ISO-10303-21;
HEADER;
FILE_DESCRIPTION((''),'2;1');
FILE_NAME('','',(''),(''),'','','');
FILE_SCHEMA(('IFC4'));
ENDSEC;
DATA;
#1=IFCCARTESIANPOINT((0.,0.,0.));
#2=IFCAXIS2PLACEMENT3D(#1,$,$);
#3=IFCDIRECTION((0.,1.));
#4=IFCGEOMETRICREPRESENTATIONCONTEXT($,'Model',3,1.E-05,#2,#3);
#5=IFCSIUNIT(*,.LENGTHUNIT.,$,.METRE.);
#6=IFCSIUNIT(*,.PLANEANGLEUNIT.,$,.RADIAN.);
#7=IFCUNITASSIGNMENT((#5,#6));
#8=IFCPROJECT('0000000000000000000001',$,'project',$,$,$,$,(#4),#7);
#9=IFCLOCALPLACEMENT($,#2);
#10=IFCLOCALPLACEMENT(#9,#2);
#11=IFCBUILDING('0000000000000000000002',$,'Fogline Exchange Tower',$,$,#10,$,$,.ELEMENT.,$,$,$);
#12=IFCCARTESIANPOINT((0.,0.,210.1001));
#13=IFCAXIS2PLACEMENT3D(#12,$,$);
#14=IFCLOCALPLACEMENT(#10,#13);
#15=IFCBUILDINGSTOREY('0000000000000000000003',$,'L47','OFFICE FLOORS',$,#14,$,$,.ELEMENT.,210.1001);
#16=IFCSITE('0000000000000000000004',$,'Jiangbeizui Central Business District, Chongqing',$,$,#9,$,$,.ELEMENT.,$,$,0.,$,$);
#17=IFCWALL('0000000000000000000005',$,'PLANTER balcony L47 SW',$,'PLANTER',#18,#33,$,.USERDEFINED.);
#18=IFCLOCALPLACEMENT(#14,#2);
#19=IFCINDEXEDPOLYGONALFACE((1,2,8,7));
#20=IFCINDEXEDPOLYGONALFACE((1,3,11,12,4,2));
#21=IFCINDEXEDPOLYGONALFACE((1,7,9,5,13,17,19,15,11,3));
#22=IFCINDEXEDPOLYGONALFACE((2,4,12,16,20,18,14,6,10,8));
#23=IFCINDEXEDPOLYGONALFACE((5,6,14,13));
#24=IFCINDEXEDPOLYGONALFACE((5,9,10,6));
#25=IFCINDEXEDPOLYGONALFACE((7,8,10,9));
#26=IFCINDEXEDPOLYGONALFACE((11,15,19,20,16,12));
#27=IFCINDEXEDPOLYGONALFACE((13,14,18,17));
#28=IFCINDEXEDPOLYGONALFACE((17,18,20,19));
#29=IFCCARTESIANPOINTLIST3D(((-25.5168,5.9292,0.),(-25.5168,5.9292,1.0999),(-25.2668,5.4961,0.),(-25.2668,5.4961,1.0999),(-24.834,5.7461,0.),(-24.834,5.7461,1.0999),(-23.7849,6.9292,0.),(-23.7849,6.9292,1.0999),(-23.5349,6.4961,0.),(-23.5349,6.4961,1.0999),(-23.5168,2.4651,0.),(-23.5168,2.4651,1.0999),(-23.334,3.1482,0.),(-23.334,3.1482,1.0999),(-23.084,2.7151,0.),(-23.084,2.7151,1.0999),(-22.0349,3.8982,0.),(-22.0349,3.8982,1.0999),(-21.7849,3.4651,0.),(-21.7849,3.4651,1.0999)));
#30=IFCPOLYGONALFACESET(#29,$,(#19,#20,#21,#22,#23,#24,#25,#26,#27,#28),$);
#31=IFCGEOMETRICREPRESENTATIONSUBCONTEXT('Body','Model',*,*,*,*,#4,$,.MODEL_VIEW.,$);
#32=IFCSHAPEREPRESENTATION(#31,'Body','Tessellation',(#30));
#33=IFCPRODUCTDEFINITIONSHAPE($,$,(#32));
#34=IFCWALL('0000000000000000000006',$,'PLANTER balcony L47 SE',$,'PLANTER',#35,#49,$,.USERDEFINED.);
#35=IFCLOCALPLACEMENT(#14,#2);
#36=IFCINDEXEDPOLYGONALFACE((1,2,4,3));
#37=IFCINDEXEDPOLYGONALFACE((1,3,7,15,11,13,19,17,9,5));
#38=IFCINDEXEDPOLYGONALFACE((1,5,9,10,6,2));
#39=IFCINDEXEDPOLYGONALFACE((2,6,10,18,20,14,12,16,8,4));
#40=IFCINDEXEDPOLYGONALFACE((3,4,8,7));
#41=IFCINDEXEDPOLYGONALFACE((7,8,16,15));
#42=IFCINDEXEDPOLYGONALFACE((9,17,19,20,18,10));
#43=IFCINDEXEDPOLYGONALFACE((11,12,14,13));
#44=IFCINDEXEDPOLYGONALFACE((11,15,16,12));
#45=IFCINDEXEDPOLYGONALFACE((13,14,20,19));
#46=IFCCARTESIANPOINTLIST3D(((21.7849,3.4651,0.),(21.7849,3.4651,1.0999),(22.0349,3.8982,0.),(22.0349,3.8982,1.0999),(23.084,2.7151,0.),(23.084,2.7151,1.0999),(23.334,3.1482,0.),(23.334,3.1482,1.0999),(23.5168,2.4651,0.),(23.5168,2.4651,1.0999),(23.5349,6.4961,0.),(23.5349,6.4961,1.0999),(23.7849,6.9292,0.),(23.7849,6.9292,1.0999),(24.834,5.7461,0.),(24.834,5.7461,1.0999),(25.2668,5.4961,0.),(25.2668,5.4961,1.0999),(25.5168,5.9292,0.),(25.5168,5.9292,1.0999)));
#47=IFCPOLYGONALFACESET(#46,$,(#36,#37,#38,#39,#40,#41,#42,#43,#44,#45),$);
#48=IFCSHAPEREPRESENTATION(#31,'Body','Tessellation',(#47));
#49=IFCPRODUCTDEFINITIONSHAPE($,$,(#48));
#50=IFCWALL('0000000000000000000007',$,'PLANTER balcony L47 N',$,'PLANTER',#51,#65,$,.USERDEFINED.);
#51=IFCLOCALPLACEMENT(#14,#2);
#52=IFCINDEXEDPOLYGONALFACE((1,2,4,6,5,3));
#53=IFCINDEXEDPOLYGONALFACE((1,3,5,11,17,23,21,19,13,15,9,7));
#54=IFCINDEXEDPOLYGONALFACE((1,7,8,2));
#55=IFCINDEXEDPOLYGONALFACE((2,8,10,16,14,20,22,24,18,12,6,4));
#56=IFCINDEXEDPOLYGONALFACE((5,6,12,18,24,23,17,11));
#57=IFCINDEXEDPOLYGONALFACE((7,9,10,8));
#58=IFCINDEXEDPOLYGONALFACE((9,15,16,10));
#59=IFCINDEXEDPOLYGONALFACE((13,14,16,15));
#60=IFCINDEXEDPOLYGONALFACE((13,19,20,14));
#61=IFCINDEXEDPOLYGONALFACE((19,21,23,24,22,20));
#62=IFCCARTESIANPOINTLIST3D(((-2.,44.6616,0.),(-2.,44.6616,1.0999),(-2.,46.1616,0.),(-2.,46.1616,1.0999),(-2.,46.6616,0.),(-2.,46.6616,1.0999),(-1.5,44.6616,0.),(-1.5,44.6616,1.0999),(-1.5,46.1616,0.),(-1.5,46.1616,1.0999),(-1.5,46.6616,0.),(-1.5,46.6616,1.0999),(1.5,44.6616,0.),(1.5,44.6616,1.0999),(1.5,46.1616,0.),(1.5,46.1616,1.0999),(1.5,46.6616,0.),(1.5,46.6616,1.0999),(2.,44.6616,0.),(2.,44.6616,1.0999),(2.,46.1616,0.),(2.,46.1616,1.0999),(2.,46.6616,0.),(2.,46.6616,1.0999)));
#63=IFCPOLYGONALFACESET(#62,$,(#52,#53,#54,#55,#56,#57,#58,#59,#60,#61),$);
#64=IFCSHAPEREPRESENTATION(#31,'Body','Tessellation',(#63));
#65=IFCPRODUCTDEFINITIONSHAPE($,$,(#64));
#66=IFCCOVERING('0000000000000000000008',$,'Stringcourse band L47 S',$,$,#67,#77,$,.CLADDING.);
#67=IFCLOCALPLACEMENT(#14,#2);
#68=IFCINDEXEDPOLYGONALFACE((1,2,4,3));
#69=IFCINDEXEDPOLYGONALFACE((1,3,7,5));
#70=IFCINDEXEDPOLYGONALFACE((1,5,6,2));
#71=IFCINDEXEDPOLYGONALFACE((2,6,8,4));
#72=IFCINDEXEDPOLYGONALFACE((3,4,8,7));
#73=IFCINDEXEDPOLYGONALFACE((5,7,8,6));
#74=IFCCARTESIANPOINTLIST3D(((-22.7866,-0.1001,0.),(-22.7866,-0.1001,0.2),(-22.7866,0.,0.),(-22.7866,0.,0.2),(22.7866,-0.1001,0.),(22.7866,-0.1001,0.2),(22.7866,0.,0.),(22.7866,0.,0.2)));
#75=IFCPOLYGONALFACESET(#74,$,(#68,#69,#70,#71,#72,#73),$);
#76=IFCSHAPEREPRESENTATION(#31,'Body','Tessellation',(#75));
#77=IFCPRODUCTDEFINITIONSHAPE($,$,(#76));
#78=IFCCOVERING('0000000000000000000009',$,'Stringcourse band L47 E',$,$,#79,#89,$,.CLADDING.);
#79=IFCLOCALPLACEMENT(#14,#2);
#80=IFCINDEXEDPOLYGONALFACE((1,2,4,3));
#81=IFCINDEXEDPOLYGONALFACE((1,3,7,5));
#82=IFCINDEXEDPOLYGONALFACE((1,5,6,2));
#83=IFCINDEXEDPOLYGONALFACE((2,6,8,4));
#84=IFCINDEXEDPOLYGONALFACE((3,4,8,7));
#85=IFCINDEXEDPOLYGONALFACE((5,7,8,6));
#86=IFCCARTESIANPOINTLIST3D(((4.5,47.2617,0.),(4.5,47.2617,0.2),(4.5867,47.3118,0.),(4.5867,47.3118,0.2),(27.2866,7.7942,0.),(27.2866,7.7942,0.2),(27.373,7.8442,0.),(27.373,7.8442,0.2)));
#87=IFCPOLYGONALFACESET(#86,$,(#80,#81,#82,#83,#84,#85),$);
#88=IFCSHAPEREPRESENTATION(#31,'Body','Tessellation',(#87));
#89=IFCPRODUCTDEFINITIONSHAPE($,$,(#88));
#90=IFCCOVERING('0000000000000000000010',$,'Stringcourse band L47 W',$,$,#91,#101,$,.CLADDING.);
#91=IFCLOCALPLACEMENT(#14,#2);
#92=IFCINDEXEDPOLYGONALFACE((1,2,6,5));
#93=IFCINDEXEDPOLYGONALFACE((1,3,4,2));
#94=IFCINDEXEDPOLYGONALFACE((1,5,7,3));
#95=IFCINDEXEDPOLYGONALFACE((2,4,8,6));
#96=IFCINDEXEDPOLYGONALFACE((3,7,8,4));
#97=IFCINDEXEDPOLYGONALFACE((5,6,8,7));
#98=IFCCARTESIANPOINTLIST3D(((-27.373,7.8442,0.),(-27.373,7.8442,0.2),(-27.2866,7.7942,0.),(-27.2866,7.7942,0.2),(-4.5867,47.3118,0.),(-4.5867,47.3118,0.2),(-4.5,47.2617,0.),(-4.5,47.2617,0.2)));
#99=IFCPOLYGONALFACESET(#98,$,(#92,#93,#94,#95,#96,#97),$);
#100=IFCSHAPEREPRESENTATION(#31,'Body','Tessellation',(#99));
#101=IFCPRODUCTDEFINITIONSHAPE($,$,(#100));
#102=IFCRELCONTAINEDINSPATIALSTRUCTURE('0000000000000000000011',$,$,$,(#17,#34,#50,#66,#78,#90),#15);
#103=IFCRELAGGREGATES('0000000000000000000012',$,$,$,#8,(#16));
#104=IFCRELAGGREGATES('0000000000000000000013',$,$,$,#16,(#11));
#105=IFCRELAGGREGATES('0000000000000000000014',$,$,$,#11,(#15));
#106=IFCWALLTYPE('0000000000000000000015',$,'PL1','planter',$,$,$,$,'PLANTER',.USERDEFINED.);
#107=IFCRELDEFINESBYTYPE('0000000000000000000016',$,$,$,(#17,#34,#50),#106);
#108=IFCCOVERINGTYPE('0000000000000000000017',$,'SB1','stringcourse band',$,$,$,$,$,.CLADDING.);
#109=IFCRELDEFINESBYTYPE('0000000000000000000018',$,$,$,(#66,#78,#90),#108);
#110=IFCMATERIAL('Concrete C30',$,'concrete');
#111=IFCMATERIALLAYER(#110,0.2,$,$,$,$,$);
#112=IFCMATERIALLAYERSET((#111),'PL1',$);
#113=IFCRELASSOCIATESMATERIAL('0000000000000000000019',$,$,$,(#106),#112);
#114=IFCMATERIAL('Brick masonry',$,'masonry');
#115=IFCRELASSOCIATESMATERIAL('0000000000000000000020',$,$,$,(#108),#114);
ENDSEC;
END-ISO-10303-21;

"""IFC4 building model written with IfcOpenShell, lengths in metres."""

from ifc_helpers import new_model, si_unit, direction, frame, origin, place, context, subcontext, project, spatial, polyline, outline, extrude, material, layer, layer_set, type_object, element, save


model = new_model("IFC4")

# Units and contexts
model_context = context("Model", 3, precision=1e-05, world=origin(), true_north=direction((0.0, 1.0)))
body_context = subcontext(model_context, "Body", "Model", "MODEL_VIEW")
ifc_project = project(units=[si_unit("LENGTHUNIT", "METRE"), si_unit("PLANEANGLEUNIT", "RADIAN")], contexts=[model_context])

# Site, building, storey
site_placement = place(None, origin())
site = spatial("IfcSite", under=ifc_project, at=site_placement, Name="Jiangbeizui Central Business District, Chongqing", CompositionType="ELEMENT", RefElevation=0.0)
building_placement = place(site_placement, origin())
building = spatial("IfcBuilding", under=site, at=building_placement, Name="Fogline Exchange Tower", CompositionType="ELEMENT")
storey_placement = place(building_placement, frame((0.0, 0.0, 210.1001)))
storey = spatial("IfcBuildingStorey", under=building, at=storey_placement, Name="L47", Description="OFFICE FLOORS", CompositionType="ELEMENT", Elevation=210.1001)

# Walls
ifc_material_1 = material(Name="Brick masonry", Category="masonry")
ifc_material_2 = material(Name="Concrete C30", Category="concrete")
ifc_layer_1 = layer(ifc_material_2, 0.2)
ifc_layer_set_1 = layer_set([ifc_layer_1], Name="PL1")
wall_type_1 = type_object("IfcWallType", Name="PL1", Description="planter", ElementType="PLANTER", PredefinedType="USERDEFINED", material=ifc_layer_set_1)
wall_1_placement = place(storey_placement, origin())
element("IfcWall", 1, at=wall_1_placement, inside=storey, type_object=wall_type_1, Name="PLANTER balcony L47 SW", ObjectType="PLANTER", PredefinedType="USERDEFINED", context=body_context, shape_type="SweptSolid", body=[
    extrude(outline(polyline([(-22.0349, 3.8982), (-23.334, 3.1482), (-24.834, 5.7461), (-23.5349, 6.4961), (-23.7849, 6.9292), (-25.5168, 5.9292), (-25.2668, 5.4961), (-23.5168, 2.4651), (-23.084, 2.7151), (-23.084, 2.7151), (-21.7849, 3.4651), (-22.0349, 3.8982)])), origin(), (0.0, 0.0, 1.0), 1.0999),
])
wall_2_placement = place(storey_placement, origin())
element("IfcWall", 2, at=wall_2_placement, inside=storey, type_object=wall_type_1, Name="PLANTER balcony L47 SE", ObjectType="PLANTER", PredefinedType="USERDEFINED", context=body_context, shape_type="SweptSolid", body=[
    extrude(outline(polyline([(21.7849, 3.4651), (23.084, 2.7151), (23.084, 2.7151), (23.5168, 2.4651), (25.2668, 5.4961), (25.5168, 5.9292), (23.7849, 6.9292), (23.5349, 6.4961), (24.834, 5.7461), (23.334, 3.1482), (22.0349, 3.8982), (21.7849, 3.4651)])), origin(), (0.0, 0.0, 1.0), 1.0999),
])
wall_3_placement = place(storey_placement, origin())
element("IfcWall", 3, at=wall_3_placement, inside=storey, type_object=wall_type_1, Name="PLANTER balcony L47 N", ObjectType="PLANTER", PredefinedType="USERDEFINED", context=body_context, shape_type="SweptSolid", body=[
    extrude(outline(polyline([(-1.5, 46.6616), (-2.0, 46.6616), (-2.0, 46.1616), (-2.0, 44.6616), (-1.5, 44.6616), (-1.5, 46.1616), (1.5, 46.1616), (1.5, 44.6616), (2.0, 44.6616), (2.0, 46.1616), (2.0, 46.6616), (1.5, 46.6616), (-1.5, 46.6616)])), origin(), (0.0, 0.0, 1.0), 1.0999),
])

# Coverings
covering_type = type_object("IfcCoveringType", Name="SB1", Description="stringcourse band", PredefinedType="CLADDING", material=ifc_material_1)
covering_1_placement = place(storey_placement, origin())
element("IfcCovering", 4, at=covering_1_placement, inside=storey, type_object=covering_type, Name="Stringcourse band L47 S", PredefinedType="CLADDING", context=body_context, shape_type="SweptSolid", body=[
    extrude(outline(polyline([(-22.7866, 0.0), (-22.7866, -0.1001), (22.7866, -0.1001), (22.7866, 0.0), (-22.7866, 0.0)])), origin(), (0.0, 0.0, 1.0), 0.2),
])
covering_2_placement = place(storey_placement, origin())
element("IfcCovering", 5, at=covering_2_placement, inside=storey, type_object=covering_type, Name="Stringcourse band L47 E", PredefinedType="CLADDING", context=body_context, shape_type="SweptSolid", body=[
    extrude(outline(polyline([(27.2866, 7.7942), (27.373, 7.8442), (4.5867, 47.3118), (4.5, 47.2617), (27.2866, 7.7942)])), origin(), (0.0, 0.0, 1.0), 0.2),
])
covering_3_placement = place(storey_placement, origin())
element("IfcCovering", 6, at=covering_3_placement, inside=storey, type_object=covering_type, Name="Stringcourse band L47 W", PredefinedType="CLADDING", context=body_context, shape_type="SweptSolid", body=[
    extrude(outline(polyline([(-4.5, 47.2617), (-4.5867, 47.3118), (-27.373, 7.8442), (-27.2866, 7.7942), (-4.5, 47.2617)])), origin(), (0.0, 0.0, 1.0), 0.2),
])

save(model, "model.ifc")
